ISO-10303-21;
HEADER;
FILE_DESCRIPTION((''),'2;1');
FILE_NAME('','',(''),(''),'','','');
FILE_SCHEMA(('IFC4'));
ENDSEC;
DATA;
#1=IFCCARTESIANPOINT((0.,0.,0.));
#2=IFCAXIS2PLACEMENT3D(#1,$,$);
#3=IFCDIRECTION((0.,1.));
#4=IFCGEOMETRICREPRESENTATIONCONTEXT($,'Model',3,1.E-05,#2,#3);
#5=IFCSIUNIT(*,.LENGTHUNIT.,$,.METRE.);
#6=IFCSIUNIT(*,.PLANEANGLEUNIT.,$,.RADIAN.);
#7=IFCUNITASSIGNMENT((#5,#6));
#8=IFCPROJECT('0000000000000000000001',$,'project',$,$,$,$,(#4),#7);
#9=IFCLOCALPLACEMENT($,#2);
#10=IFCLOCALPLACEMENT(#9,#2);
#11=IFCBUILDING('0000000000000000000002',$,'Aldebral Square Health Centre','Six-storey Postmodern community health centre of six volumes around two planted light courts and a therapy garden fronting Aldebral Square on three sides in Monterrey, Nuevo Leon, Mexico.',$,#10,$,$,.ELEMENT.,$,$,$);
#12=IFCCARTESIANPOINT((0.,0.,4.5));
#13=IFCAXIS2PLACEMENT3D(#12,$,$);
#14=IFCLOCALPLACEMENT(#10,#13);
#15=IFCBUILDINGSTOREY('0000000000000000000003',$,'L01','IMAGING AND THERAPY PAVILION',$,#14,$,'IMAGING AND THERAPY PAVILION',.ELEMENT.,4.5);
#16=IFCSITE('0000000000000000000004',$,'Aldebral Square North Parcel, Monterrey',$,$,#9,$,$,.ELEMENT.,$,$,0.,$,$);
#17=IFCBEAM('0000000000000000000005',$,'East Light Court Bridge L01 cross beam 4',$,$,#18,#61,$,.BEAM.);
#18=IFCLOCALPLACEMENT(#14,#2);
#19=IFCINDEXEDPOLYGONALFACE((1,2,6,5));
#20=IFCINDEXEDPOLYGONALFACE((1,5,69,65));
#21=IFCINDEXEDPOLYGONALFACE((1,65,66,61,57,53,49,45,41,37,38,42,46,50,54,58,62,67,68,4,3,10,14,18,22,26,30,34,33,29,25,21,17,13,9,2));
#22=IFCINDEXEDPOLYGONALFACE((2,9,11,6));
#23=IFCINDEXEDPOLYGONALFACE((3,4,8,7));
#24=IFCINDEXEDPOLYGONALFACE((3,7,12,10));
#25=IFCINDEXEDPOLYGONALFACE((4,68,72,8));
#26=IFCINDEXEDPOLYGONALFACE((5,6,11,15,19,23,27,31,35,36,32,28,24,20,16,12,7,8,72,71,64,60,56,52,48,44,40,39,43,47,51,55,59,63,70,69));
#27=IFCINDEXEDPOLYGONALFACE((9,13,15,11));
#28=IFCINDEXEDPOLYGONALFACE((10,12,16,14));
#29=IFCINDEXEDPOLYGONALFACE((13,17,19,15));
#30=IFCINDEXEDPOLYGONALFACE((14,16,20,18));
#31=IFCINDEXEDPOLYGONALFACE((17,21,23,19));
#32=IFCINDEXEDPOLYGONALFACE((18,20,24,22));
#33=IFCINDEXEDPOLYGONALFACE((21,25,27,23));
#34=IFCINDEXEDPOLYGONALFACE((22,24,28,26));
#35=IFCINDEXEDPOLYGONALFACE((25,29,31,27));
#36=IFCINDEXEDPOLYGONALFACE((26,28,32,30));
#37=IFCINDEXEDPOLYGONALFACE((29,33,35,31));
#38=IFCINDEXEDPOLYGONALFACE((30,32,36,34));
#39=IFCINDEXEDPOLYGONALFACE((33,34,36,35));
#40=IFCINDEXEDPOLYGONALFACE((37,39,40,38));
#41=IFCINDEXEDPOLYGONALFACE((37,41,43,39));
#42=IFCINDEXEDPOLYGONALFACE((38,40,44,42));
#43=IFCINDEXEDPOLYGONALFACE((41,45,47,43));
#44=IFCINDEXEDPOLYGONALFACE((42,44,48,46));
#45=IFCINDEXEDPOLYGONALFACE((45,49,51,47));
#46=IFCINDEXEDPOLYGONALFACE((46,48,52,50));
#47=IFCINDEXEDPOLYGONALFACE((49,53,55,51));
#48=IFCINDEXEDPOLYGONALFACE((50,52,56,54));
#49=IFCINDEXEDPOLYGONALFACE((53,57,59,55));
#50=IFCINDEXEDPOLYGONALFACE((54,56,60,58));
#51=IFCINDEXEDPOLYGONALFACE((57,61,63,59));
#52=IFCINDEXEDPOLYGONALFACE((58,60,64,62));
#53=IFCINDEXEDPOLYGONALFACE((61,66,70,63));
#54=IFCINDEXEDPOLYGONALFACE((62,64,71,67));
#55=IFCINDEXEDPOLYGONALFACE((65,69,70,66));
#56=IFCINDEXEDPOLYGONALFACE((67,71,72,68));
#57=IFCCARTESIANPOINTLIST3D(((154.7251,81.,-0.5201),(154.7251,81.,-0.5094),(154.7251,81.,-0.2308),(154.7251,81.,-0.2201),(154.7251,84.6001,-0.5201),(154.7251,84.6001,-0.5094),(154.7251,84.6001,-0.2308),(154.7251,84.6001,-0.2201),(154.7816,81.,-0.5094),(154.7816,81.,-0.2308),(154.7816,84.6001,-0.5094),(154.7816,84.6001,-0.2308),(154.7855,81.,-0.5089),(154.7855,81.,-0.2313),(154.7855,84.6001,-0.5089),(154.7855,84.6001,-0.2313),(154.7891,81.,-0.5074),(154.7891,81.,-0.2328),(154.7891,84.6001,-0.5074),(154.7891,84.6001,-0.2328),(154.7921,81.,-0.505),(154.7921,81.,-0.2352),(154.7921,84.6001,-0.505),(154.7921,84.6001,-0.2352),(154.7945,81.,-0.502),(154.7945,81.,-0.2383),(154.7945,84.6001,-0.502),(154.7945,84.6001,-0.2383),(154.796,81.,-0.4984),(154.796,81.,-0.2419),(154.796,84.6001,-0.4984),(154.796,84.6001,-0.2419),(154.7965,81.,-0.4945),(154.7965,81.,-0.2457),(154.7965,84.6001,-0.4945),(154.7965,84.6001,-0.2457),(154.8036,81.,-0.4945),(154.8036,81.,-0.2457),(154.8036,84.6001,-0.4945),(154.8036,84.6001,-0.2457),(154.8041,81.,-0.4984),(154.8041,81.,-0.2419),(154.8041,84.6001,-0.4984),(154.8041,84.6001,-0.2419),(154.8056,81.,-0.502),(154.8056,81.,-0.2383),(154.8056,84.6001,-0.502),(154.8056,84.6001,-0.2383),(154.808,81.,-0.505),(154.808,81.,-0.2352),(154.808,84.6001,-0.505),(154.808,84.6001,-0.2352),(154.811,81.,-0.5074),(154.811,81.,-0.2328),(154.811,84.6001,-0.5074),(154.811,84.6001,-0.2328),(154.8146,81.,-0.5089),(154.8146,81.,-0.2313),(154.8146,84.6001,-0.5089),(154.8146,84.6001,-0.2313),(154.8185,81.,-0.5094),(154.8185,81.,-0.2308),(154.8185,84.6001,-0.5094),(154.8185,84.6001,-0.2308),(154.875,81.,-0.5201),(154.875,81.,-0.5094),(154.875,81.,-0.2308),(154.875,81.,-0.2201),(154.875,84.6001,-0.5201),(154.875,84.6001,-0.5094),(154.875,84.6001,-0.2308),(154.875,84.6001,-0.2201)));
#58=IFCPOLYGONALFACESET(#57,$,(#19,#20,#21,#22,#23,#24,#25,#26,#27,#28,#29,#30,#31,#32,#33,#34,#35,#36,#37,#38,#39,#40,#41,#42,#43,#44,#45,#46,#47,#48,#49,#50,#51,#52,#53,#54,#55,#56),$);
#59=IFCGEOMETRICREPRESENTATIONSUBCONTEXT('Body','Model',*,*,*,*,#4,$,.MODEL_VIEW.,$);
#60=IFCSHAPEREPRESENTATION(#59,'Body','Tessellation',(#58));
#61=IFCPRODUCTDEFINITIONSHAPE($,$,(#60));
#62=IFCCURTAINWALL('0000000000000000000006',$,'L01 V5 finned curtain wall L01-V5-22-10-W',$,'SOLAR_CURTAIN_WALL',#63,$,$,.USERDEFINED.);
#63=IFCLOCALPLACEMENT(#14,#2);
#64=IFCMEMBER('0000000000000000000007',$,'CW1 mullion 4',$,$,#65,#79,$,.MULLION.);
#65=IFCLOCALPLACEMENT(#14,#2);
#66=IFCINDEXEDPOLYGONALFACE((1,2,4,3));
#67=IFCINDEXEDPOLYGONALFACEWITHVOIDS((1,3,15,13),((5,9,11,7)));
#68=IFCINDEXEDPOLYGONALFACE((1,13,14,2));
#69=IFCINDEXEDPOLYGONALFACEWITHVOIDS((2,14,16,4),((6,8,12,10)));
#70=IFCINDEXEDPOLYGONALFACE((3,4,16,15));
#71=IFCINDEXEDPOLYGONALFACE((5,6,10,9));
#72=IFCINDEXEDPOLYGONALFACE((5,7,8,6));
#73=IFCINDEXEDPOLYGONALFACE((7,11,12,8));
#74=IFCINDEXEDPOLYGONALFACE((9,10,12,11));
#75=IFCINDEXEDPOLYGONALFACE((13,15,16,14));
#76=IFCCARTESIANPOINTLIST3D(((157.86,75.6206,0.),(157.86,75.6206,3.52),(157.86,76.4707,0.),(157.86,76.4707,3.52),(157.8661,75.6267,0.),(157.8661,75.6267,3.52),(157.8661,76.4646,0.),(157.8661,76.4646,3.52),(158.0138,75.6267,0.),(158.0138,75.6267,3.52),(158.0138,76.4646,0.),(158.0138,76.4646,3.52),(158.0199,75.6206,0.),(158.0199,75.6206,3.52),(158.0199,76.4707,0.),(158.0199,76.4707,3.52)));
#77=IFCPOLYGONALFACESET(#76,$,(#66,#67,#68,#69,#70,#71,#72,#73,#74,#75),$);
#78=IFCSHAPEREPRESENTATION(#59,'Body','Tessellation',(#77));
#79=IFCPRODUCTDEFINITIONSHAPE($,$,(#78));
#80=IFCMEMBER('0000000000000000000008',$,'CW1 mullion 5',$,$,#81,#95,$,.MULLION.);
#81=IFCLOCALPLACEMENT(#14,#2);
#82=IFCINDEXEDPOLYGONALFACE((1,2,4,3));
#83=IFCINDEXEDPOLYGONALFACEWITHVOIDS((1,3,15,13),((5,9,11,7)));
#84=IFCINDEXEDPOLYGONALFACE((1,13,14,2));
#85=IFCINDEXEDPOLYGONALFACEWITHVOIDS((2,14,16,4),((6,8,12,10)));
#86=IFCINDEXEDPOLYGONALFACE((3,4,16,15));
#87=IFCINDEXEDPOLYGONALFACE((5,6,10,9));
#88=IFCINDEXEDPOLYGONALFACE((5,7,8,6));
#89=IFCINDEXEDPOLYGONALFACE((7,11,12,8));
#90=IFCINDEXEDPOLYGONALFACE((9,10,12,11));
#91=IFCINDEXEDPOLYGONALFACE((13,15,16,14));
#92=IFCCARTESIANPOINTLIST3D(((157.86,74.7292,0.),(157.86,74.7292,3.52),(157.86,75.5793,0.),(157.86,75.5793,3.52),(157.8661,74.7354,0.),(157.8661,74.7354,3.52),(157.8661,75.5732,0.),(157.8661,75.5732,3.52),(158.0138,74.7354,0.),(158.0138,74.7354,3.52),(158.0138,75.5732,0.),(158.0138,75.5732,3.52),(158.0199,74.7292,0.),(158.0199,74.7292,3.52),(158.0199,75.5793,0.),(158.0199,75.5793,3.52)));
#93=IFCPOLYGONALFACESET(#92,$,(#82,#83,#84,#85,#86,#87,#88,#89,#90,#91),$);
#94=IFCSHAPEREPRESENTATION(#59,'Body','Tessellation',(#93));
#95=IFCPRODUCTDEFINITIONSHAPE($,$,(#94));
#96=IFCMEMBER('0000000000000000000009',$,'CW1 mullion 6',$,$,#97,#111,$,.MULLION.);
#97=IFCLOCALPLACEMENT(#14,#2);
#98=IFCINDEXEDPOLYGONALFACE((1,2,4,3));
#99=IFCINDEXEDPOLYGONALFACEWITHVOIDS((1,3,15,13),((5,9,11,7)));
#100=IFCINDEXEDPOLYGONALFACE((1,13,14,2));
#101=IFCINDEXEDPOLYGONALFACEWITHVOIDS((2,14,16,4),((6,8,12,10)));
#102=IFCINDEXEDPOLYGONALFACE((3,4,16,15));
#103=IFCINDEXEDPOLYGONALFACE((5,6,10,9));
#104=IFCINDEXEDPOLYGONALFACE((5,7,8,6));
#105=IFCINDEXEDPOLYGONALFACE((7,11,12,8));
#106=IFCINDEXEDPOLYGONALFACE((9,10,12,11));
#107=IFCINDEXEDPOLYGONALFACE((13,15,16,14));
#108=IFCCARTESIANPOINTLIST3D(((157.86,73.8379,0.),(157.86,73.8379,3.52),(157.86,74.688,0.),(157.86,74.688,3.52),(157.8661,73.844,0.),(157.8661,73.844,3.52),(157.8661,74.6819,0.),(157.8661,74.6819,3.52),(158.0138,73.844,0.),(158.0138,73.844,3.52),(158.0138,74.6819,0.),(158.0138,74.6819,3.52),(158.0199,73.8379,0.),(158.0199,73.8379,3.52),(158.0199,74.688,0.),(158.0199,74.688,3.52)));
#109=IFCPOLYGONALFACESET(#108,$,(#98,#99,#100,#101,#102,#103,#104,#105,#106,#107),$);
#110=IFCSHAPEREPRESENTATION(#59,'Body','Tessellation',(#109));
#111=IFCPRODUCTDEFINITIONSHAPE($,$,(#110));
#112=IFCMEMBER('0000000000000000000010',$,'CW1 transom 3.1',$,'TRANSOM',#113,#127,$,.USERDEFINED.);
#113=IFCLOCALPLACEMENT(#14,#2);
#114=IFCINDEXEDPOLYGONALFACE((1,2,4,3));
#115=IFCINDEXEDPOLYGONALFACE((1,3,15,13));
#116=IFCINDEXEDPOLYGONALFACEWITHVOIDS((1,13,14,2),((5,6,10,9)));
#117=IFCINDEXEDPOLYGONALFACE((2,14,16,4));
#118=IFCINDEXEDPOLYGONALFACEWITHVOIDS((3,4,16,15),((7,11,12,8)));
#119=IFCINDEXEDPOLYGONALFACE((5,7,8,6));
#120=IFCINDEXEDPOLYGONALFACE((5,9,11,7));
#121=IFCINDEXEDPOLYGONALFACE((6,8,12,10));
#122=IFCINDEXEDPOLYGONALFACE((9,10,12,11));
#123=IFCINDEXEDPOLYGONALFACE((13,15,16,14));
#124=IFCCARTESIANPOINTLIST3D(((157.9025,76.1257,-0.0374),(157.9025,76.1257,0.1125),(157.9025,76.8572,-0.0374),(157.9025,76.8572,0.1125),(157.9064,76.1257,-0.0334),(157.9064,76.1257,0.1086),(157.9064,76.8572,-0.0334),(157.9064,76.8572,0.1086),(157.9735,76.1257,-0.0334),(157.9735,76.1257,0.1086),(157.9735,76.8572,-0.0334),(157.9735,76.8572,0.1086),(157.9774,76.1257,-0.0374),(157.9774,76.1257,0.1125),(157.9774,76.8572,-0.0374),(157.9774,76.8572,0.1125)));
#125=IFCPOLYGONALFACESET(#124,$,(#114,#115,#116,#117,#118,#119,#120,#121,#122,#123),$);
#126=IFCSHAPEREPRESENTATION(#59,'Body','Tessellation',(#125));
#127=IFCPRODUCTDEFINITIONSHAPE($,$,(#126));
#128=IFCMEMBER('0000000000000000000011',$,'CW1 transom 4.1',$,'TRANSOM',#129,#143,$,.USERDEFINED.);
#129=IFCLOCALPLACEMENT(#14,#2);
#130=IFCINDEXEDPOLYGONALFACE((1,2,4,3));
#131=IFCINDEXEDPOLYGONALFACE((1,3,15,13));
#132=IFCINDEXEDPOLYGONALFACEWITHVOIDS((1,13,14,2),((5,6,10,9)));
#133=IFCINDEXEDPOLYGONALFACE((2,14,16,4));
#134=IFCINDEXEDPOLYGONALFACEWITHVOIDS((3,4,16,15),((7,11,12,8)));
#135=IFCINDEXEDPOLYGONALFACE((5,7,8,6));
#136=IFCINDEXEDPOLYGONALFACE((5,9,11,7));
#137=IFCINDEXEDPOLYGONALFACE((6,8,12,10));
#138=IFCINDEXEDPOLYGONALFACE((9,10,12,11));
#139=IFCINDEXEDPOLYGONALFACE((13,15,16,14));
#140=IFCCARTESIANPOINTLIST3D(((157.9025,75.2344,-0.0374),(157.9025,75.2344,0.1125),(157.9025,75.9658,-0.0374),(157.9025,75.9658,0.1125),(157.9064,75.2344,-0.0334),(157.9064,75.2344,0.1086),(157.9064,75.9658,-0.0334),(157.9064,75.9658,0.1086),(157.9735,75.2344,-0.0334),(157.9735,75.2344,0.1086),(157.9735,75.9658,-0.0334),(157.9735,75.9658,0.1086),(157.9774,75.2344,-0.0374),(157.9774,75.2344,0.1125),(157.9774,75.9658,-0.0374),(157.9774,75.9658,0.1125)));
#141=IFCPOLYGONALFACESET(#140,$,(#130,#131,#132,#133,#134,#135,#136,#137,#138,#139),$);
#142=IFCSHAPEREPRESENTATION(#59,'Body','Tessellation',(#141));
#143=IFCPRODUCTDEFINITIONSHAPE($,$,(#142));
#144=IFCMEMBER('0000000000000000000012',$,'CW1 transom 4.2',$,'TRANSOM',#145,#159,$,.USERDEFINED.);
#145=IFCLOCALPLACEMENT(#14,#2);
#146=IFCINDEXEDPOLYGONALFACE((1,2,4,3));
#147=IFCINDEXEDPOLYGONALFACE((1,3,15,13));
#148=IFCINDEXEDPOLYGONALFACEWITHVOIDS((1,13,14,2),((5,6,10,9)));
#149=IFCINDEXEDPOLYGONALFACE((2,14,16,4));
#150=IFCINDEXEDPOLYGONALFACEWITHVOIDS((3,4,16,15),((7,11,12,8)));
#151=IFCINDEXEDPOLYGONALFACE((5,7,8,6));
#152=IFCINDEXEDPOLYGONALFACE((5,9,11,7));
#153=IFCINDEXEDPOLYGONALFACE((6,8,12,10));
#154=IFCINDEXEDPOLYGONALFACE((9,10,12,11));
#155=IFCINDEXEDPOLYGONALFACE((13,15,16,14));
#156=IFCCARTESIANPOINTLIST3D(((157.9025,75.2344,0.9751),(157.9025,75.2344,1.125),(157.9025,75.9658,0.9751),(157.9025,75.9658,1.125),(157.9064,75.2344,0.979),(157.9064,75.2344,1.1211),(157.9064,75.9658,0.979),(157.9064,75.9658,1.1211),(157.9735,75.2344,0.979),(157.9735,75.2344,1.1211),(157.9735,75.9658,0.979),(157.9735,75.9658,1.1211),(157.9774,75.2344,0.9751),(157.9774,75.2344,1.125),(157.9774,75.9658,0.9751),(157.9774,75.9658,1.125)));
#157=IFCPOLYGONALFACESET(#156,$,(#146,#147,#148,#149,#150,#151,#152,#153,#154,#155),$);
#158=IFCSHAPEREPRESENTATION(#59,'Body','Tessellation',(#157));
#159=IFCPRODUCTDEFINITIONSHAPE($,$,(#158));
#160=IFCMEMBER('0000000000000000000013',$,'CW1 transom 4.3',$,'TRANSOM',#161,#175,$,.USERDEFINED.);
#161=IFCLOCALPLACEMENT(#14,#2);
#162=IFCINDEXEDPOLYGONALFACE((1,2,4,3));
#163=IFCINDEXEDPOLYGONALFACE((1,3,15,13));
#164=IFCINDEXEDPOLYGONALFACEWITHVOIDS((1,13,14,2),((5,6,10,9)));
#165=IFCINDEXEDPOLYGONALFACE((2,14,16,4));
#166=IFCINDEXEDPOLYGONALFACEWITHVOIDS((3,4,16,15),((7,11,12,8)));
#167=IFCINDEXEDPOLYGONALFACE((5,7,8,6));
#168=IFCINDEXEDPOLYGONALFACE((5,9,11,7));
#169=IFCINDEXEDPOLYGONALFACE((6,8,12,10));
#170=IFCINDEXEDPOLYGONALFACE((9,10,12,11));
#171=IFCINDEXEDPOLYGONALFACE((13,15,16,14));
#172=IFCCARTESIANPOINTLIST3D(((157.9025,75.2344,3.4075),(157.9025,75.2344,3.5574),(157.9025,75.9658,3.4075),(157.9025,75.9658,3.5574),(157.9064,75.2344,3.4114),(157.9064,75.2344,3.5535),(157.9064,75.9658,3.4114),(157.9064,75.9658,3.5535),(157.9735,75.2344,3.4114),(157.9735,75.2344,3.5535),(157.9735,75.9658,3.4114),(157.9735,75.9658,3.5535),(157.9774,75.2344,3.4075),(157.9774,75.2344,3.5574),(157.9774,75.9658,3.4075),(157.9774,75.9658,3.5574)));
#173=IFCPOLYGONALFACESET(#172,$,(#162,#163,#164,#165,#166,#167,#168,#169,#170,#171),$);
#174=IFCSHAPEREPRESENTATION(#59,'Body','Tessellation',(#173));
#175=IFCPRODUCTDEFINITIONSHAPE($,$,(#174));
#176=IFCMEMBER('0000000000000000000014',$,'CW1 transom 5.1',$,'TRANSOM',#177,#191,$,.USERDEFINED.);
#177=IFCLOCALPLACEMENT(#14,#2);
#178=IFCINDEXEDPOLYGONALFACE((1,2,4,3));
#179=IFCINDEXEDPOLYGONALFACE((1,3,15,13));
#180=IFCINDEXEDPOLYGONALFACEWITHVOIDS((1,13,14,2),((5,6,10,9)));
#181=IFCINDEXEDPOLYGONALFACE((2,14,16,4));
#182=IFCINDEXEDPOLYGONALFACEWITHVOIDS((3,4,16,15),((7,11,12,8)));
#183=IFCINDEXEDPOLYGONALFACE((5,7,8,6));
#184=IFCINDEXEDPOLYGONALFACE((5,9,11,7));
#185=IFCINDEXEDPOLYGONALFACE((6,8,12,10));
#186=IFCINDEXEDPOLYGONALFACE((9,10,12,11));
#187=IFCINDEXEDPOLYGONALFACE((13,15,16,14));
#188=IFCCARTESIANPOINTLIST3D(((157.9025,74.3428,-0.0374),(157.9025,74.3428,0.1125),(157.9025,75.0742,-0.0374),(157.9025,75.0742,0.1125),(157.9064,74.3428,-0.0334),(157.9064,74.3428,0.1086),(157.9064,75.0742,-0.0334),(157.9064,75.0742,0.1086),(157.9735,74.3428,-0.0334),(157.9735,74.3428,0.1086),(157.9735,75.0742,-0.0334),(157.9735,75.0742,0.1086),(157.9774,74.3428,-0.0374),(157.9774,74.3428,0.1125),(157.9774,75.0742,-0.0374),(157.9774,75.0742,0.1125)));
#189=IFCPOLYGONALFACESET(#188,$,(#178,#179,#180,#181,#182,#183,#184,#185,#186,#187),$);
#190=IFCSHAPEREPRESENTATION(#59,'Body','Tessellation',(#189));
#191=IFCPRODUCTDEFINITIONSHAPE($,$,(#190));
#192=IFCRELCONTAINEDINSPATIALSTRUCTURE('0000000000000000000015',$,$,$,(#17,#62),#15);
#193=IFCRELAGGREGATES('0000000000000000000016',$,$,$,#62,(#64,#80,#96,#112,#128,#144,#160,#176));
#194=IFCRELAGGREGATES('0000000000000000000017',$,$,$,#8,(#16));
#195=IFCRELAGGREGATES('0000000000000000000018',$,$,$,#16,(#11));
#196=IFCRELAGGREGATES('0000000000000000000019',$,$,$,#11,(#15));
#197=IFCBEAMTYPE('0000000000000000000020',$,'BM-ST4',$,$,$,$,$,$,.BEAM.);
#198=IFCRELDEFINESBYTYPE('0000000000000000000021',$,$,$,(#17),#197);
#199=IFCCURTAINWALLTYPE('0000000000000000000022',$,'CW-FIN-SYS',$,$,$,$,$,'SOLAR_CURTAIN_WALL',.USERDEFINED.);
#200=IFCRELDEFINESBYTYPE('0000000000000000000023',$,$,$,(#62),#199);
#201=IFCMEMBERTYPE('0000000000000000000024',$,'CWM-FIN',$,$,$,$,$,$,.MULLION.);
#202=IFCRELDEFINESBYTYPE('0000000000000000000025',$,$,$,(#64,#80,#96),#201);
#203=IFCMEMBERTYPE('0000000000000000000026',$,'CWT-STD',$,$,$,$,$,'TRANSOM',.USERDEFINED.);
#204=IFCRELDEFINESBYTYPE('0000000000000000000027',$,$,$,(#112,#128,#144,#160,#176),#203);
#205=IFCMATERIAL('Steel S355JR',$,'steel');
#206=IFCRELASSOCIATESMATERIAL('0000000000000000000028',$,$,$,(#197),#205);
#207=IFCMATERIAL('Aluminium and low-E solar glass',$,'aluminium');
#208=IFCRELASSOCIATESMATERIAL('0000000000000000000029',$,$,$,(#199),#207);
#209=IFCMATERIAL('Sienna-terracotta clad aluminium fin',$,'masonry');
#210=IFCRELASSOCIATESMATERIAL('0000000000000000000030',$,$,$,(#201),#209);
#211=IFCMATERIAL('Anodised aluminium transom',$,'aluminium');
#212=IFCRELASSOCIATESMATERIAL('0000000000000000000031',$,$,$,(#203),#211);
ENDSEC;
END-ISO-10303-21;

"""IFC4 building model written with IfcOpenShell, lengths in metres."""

from ifc_helpers import new_model, si_unit, direction, frame, origin, origin_2d, place, context, subcontext, project, spatial, hollow_rectangle, i_section, extrude, material, material_profile, profile_set, type_object, element, aggregate, save


model = new_model("IFC4")

# Units and contexts
model_context = context("Model", 3, precision=1e-05, world=origin(), true_north=direction((0.0, 1.0)))
body_context = subcontext(model_context, "Body", "Model", "MODEL_VIEW")
ifc_project = project(units=[si_unit("LENGTHUNIT", "METRE"), si_unit("PLANEANGLEUNIT", "RADIAN")], contexts=[model_context])

# Site, building, storey
site_placement = place(None, origin())
site = spatial("IfcSite", under=ifc_project, at=site_placement, Name="Aldebral Square North Parcel, Monterrey", CompositionType="ELEMENT", RefElevation=0.0)
building_placement = place(site_placement, origin())
building = spatial("IfcBuilding", under=site, at=building_placement, Name="Aldebral Square Health Centre", Description="Six-storey Postmodern community health centre of six volumes around two planted light courts and a therapy garden fronting Aldebral Square on three sides in Monterrey, Nuevo Leon, Mexico.", CompositionType="ELEMENT")
storey_placement = place(building_placement, frame((0.0, 0.0, 4.5)))
storey = spatial("IfcBuildingStorey", under=building, at=storey_placement, Name="L01", Description="IMAGING AND THERAPY PAVILION", LongName="IMAGING AND THERAPY PAVILION", CompositionType="ELEMENT", Elevation=4.5)

# Beam
ifc_material_1 = material(Name="Steel S355JR", Category="steel")
ifc_material_profile_1 = material_profile(ifc_material_1, i_section(OverallWidth=0.1499, OverallDepth=0.3, WebThickness=0.0071, FlangeThickness=0.0107, FilletRadius=0.0149, at=origin_2d()), Name="IPE 300")
ifc_profile_set_1 = profile_set([ifc_material_profile_1], Name="Steel S355JR")
beam_type = type_object("IfcBeamType", Name="BM-ST4", PredefinedType="BEAM", material=ifc_profile_set_1)
beam_placement = place(storey_placement, frame((154.8, 81.0, -0.3701), z_axis=(0.0, 1.0, 0.0), x_axis=(-1.0, 0.0, 0.0)))
element("IfcBeam", 1, at=beam_placement, inside=storey, type_object=beam_type, Name="East Light Court Bridge L01 cross beam 4", PredefinedType="BEAM", context=body_context, shape_type="SweptSolid", body=[
    extrude(i_section(OverallWidth=0.1499, OverallDepth=0.3, WebThickness=0.0071, FlangeThickness=0.0107, FilletRadius=0.0149, at=origin_2d()), origin(), (0.0, 0.0, 1.0), 3.6001),
])

# Curtain wall, members
ifc_material_2 = material(Name="Aluminium and low-E solar glass", Category="aluminium")
curtain_wall_type = type_object("IfcCurtainWallType", Name="CW-FIN-SYS", ElementType="SOLAR_CURTAIN_WALL", PredefinedType="USERDEFINED", material=ifc_material_2)
curtain_wall_placement = place(storey_placement, origin())
curtain_wall = element("IfcCurtainWall", 2, at=curtain_wall_placement, inside=storey, type_object=curtain_wall_type, Name="L01 V5 finned curtain wall L01-V5-22-10-W", ObjectType="SOLAR_CURTAIN_WALL", PredefinedType="USERDEFINED")
ifc_material_3 = material(Name="Sienna-terracotta clad aluminium fin", Category="masonry")
ifc_material_profile_2 = material_profile(ifc_material_3, hollow_rectangle(XDim=0.1599, YDim=0.8501, WallThickness=0.0061, at=origin_2d()), Name="FIN 160x850x6")
ifc_profile_set_2 = profile_set([ifc_material_profile_2], Name="Sienna-terracotta clad aluminium fin")
member_type_1 = type_object("IfcMemberType", Name="CWM-FIN", PredefinedType="MULLION", material=ifc_profile_set_2)
member_1_placement = place(storey_placement, frame((157.9399, 76.0457, 0.0), z_axis=(0.0, 0.0, 1.0), x_axis=(1.0, 0.0, 0.0)))
member_1 = element("IfcMember", 3, at=member_1_placement, type_object=member_type_1, Name="CW1 mullion 4", PredefinedType="MULLION", context=body_context, shape_type="SweptSolid", body=[
    extrude(hollow_rectangle(XDim=0.1599, YDim=0.8501, WallThickness=0.0061, at=origin_2d()), origin(), (0.0, 0.0, 1.0), 3.52),
])
member_2_placement = place(storey_placement, frame((157.9399, 75.1543, 0.0), z_axis=(0.0, 0.0, 1.0), x_axis=(1.0, 0.0, 0.0)))
member_2 = element("IfcMember", 4, at=member_2_placement, type_object=member_type_1, Name="CW1 mullion 5", PredefinedType="MULLION", context=body_context, shape_type="SweptSolid", body=[
    extrude(hollow_rectangle(XDim=0.1599, YDim=0.8501, WallThickness=0.0061, at=origin_2d()), origin(), (0.0, 0.0, 1.0), 3.52),
])
member_3_placement = place(storey_placement, frame((157.9399, 74.2629, 0.0), z_axis=(0.0, 0.0, 1.0), x_axis=(1.0, 0.0, 0.0)))
member_3 = element("IfcMember", 5, at=member_3_placement, type_object=member_type_1, Name="CW1 mullion 6", PredefinedType="MULLION", context=body_context, shape_type="SweptSolid", body=[
    extrude(hollow_rectangle(XDim=0.1599, YDim=0.8501, WallThickness=0.0061, at=origin_2d()), origin(), (0.0, 0.0, 1.0), 3.52),
])
ifc_material_4 = material(Name="Anodised aluminium transom", Category="aluminium")
ifc_material_profile_3 = material_profile(ifc_material_4, hollow_rectangle(XDim=0.075, YDim=0.1499, WallThickness=0.0039, at=origin_2d()), Name="CWT 75x150x4")
ifc_profile_set_3 = profile_set([ifc_material_profile_3], Name="Anodised aluminium transom")
member_type_2 = type_object("IfcMemberType", Name="CWT-STD", ElementType="TRANSOM", PredefinedType="USERDEFINED", material=ifc_profile_set_3)
member_4_placement = place(storey_placement, frame((157.9399, 76.8572, 0.0376), z_axis=(0.0, -1.0, 0.0), x_axis=(1.0, 0.0, 0.0)))
member_4 = element("IfcMember", 6, at=member_4_placement, type_object=member_type_2, Name="CW1 transom 3.1", ObjectType="TRANSOM", PredefinedType="USERDEFINED", context=body_context, shape_type="SweptSolid", body=[
    extrude(hollow_rectangle(XDim=0.075, YDim=0.1499, WallThickness=0.0039, at=origin_2d()), origin(), (0.0, 0.0, 1.0), 0.7314),
])
member_5_placement = place(storey_placement, frame((157.9399, 75.9658, 0.0376), z_axis=(0.0, -1.0, 0.0), x_axis=(1.0, 0.0, 0.0)))
member_5 = element("IfcMember", 7, at=member_5_placement, type_object=member_type_2, Name="CW1 transom 4.1", ObjectType="TRANSOM", PredefinedType="USERDEFINED", context=body_context, shape_type="SweptSolid", body=[
    extrude(hollow_rectangle(XDim=0.075, YDim=0.1499, WallThickness=0.0039, at=origin_2d()), origin(), (0.0, 0.0, 1.0), 0.7314),
])
member_6_placement = place(storey_placement, frame((157.9399, 75.9658, 1.05), z_axis=(0.0, -1.0, 0.0), x_axis=(1.0, 0.0, 0.0)))
member_6 = element("IfcMember", 8, at=member_6_placement, type_object=member_type_2, Name="CW1 transom 4.2", ObjectType="TRANSOM", PredefinedType="USERDEFINED", context=body_context, shape_type="SweptSolid", body=[
    extrude(hollow_rectangle(XDim=0.075, YDim=0.1499, WallThickness=0.0039, at=origin_2d()), origin(), (0.0, 0.0, 1.0), 0.7314),
])
member_7_placement = place(storey_placement, frame((157.9399, 75.9658, 3.4824), z_axis=(0.0, -1.0, 0.0), x_axis=(1.0, 0.0, 0.0)))
member_7 = element("IfcMember", 9, at=member_7_placement, type_object=member_type_2, Name="CW1 transom 4.3", ObjectType="TRANSOM", PredefinedType="USERDEFINED", context=body_context, shape_type="SweptSolid", body=[
    extrude(hollow_rectangle(XDim=0.075, YDim=0.1499, WallThickness=0.0039, at=origin_2d()), origin(), (0.0, 0.0, 1.0), 0.7314),
])
member_8_placement = place(storey_placement, frame((157.9399, 75.0742, 0.0376), z_axis=(0.0, -1.0, 0.0), x_axis=(1.0, 0.0, 0.0)))
member_8 = element("IfcMember", 10, at=member_8_placement, type_object=member_type_2, Name="CW1 transom 5.1", ObjectType="TRANSOM", PredefinedType="USERDEFINED", context=body_context, shape_type="SweptSolid", body=[
    extrude(hollow_rectangle(XDim=0.075, YDim=0.1499, WallThickness=0.0039, at=origin_2d()), origin(), (0.0, 0.0, 1.0), 0.7314),
])
aggregate(curtain_wall, [member_1, member_2, member_3, member_4, member_5, member_6, member_7, member_8])

save(model, "model.ifc")
